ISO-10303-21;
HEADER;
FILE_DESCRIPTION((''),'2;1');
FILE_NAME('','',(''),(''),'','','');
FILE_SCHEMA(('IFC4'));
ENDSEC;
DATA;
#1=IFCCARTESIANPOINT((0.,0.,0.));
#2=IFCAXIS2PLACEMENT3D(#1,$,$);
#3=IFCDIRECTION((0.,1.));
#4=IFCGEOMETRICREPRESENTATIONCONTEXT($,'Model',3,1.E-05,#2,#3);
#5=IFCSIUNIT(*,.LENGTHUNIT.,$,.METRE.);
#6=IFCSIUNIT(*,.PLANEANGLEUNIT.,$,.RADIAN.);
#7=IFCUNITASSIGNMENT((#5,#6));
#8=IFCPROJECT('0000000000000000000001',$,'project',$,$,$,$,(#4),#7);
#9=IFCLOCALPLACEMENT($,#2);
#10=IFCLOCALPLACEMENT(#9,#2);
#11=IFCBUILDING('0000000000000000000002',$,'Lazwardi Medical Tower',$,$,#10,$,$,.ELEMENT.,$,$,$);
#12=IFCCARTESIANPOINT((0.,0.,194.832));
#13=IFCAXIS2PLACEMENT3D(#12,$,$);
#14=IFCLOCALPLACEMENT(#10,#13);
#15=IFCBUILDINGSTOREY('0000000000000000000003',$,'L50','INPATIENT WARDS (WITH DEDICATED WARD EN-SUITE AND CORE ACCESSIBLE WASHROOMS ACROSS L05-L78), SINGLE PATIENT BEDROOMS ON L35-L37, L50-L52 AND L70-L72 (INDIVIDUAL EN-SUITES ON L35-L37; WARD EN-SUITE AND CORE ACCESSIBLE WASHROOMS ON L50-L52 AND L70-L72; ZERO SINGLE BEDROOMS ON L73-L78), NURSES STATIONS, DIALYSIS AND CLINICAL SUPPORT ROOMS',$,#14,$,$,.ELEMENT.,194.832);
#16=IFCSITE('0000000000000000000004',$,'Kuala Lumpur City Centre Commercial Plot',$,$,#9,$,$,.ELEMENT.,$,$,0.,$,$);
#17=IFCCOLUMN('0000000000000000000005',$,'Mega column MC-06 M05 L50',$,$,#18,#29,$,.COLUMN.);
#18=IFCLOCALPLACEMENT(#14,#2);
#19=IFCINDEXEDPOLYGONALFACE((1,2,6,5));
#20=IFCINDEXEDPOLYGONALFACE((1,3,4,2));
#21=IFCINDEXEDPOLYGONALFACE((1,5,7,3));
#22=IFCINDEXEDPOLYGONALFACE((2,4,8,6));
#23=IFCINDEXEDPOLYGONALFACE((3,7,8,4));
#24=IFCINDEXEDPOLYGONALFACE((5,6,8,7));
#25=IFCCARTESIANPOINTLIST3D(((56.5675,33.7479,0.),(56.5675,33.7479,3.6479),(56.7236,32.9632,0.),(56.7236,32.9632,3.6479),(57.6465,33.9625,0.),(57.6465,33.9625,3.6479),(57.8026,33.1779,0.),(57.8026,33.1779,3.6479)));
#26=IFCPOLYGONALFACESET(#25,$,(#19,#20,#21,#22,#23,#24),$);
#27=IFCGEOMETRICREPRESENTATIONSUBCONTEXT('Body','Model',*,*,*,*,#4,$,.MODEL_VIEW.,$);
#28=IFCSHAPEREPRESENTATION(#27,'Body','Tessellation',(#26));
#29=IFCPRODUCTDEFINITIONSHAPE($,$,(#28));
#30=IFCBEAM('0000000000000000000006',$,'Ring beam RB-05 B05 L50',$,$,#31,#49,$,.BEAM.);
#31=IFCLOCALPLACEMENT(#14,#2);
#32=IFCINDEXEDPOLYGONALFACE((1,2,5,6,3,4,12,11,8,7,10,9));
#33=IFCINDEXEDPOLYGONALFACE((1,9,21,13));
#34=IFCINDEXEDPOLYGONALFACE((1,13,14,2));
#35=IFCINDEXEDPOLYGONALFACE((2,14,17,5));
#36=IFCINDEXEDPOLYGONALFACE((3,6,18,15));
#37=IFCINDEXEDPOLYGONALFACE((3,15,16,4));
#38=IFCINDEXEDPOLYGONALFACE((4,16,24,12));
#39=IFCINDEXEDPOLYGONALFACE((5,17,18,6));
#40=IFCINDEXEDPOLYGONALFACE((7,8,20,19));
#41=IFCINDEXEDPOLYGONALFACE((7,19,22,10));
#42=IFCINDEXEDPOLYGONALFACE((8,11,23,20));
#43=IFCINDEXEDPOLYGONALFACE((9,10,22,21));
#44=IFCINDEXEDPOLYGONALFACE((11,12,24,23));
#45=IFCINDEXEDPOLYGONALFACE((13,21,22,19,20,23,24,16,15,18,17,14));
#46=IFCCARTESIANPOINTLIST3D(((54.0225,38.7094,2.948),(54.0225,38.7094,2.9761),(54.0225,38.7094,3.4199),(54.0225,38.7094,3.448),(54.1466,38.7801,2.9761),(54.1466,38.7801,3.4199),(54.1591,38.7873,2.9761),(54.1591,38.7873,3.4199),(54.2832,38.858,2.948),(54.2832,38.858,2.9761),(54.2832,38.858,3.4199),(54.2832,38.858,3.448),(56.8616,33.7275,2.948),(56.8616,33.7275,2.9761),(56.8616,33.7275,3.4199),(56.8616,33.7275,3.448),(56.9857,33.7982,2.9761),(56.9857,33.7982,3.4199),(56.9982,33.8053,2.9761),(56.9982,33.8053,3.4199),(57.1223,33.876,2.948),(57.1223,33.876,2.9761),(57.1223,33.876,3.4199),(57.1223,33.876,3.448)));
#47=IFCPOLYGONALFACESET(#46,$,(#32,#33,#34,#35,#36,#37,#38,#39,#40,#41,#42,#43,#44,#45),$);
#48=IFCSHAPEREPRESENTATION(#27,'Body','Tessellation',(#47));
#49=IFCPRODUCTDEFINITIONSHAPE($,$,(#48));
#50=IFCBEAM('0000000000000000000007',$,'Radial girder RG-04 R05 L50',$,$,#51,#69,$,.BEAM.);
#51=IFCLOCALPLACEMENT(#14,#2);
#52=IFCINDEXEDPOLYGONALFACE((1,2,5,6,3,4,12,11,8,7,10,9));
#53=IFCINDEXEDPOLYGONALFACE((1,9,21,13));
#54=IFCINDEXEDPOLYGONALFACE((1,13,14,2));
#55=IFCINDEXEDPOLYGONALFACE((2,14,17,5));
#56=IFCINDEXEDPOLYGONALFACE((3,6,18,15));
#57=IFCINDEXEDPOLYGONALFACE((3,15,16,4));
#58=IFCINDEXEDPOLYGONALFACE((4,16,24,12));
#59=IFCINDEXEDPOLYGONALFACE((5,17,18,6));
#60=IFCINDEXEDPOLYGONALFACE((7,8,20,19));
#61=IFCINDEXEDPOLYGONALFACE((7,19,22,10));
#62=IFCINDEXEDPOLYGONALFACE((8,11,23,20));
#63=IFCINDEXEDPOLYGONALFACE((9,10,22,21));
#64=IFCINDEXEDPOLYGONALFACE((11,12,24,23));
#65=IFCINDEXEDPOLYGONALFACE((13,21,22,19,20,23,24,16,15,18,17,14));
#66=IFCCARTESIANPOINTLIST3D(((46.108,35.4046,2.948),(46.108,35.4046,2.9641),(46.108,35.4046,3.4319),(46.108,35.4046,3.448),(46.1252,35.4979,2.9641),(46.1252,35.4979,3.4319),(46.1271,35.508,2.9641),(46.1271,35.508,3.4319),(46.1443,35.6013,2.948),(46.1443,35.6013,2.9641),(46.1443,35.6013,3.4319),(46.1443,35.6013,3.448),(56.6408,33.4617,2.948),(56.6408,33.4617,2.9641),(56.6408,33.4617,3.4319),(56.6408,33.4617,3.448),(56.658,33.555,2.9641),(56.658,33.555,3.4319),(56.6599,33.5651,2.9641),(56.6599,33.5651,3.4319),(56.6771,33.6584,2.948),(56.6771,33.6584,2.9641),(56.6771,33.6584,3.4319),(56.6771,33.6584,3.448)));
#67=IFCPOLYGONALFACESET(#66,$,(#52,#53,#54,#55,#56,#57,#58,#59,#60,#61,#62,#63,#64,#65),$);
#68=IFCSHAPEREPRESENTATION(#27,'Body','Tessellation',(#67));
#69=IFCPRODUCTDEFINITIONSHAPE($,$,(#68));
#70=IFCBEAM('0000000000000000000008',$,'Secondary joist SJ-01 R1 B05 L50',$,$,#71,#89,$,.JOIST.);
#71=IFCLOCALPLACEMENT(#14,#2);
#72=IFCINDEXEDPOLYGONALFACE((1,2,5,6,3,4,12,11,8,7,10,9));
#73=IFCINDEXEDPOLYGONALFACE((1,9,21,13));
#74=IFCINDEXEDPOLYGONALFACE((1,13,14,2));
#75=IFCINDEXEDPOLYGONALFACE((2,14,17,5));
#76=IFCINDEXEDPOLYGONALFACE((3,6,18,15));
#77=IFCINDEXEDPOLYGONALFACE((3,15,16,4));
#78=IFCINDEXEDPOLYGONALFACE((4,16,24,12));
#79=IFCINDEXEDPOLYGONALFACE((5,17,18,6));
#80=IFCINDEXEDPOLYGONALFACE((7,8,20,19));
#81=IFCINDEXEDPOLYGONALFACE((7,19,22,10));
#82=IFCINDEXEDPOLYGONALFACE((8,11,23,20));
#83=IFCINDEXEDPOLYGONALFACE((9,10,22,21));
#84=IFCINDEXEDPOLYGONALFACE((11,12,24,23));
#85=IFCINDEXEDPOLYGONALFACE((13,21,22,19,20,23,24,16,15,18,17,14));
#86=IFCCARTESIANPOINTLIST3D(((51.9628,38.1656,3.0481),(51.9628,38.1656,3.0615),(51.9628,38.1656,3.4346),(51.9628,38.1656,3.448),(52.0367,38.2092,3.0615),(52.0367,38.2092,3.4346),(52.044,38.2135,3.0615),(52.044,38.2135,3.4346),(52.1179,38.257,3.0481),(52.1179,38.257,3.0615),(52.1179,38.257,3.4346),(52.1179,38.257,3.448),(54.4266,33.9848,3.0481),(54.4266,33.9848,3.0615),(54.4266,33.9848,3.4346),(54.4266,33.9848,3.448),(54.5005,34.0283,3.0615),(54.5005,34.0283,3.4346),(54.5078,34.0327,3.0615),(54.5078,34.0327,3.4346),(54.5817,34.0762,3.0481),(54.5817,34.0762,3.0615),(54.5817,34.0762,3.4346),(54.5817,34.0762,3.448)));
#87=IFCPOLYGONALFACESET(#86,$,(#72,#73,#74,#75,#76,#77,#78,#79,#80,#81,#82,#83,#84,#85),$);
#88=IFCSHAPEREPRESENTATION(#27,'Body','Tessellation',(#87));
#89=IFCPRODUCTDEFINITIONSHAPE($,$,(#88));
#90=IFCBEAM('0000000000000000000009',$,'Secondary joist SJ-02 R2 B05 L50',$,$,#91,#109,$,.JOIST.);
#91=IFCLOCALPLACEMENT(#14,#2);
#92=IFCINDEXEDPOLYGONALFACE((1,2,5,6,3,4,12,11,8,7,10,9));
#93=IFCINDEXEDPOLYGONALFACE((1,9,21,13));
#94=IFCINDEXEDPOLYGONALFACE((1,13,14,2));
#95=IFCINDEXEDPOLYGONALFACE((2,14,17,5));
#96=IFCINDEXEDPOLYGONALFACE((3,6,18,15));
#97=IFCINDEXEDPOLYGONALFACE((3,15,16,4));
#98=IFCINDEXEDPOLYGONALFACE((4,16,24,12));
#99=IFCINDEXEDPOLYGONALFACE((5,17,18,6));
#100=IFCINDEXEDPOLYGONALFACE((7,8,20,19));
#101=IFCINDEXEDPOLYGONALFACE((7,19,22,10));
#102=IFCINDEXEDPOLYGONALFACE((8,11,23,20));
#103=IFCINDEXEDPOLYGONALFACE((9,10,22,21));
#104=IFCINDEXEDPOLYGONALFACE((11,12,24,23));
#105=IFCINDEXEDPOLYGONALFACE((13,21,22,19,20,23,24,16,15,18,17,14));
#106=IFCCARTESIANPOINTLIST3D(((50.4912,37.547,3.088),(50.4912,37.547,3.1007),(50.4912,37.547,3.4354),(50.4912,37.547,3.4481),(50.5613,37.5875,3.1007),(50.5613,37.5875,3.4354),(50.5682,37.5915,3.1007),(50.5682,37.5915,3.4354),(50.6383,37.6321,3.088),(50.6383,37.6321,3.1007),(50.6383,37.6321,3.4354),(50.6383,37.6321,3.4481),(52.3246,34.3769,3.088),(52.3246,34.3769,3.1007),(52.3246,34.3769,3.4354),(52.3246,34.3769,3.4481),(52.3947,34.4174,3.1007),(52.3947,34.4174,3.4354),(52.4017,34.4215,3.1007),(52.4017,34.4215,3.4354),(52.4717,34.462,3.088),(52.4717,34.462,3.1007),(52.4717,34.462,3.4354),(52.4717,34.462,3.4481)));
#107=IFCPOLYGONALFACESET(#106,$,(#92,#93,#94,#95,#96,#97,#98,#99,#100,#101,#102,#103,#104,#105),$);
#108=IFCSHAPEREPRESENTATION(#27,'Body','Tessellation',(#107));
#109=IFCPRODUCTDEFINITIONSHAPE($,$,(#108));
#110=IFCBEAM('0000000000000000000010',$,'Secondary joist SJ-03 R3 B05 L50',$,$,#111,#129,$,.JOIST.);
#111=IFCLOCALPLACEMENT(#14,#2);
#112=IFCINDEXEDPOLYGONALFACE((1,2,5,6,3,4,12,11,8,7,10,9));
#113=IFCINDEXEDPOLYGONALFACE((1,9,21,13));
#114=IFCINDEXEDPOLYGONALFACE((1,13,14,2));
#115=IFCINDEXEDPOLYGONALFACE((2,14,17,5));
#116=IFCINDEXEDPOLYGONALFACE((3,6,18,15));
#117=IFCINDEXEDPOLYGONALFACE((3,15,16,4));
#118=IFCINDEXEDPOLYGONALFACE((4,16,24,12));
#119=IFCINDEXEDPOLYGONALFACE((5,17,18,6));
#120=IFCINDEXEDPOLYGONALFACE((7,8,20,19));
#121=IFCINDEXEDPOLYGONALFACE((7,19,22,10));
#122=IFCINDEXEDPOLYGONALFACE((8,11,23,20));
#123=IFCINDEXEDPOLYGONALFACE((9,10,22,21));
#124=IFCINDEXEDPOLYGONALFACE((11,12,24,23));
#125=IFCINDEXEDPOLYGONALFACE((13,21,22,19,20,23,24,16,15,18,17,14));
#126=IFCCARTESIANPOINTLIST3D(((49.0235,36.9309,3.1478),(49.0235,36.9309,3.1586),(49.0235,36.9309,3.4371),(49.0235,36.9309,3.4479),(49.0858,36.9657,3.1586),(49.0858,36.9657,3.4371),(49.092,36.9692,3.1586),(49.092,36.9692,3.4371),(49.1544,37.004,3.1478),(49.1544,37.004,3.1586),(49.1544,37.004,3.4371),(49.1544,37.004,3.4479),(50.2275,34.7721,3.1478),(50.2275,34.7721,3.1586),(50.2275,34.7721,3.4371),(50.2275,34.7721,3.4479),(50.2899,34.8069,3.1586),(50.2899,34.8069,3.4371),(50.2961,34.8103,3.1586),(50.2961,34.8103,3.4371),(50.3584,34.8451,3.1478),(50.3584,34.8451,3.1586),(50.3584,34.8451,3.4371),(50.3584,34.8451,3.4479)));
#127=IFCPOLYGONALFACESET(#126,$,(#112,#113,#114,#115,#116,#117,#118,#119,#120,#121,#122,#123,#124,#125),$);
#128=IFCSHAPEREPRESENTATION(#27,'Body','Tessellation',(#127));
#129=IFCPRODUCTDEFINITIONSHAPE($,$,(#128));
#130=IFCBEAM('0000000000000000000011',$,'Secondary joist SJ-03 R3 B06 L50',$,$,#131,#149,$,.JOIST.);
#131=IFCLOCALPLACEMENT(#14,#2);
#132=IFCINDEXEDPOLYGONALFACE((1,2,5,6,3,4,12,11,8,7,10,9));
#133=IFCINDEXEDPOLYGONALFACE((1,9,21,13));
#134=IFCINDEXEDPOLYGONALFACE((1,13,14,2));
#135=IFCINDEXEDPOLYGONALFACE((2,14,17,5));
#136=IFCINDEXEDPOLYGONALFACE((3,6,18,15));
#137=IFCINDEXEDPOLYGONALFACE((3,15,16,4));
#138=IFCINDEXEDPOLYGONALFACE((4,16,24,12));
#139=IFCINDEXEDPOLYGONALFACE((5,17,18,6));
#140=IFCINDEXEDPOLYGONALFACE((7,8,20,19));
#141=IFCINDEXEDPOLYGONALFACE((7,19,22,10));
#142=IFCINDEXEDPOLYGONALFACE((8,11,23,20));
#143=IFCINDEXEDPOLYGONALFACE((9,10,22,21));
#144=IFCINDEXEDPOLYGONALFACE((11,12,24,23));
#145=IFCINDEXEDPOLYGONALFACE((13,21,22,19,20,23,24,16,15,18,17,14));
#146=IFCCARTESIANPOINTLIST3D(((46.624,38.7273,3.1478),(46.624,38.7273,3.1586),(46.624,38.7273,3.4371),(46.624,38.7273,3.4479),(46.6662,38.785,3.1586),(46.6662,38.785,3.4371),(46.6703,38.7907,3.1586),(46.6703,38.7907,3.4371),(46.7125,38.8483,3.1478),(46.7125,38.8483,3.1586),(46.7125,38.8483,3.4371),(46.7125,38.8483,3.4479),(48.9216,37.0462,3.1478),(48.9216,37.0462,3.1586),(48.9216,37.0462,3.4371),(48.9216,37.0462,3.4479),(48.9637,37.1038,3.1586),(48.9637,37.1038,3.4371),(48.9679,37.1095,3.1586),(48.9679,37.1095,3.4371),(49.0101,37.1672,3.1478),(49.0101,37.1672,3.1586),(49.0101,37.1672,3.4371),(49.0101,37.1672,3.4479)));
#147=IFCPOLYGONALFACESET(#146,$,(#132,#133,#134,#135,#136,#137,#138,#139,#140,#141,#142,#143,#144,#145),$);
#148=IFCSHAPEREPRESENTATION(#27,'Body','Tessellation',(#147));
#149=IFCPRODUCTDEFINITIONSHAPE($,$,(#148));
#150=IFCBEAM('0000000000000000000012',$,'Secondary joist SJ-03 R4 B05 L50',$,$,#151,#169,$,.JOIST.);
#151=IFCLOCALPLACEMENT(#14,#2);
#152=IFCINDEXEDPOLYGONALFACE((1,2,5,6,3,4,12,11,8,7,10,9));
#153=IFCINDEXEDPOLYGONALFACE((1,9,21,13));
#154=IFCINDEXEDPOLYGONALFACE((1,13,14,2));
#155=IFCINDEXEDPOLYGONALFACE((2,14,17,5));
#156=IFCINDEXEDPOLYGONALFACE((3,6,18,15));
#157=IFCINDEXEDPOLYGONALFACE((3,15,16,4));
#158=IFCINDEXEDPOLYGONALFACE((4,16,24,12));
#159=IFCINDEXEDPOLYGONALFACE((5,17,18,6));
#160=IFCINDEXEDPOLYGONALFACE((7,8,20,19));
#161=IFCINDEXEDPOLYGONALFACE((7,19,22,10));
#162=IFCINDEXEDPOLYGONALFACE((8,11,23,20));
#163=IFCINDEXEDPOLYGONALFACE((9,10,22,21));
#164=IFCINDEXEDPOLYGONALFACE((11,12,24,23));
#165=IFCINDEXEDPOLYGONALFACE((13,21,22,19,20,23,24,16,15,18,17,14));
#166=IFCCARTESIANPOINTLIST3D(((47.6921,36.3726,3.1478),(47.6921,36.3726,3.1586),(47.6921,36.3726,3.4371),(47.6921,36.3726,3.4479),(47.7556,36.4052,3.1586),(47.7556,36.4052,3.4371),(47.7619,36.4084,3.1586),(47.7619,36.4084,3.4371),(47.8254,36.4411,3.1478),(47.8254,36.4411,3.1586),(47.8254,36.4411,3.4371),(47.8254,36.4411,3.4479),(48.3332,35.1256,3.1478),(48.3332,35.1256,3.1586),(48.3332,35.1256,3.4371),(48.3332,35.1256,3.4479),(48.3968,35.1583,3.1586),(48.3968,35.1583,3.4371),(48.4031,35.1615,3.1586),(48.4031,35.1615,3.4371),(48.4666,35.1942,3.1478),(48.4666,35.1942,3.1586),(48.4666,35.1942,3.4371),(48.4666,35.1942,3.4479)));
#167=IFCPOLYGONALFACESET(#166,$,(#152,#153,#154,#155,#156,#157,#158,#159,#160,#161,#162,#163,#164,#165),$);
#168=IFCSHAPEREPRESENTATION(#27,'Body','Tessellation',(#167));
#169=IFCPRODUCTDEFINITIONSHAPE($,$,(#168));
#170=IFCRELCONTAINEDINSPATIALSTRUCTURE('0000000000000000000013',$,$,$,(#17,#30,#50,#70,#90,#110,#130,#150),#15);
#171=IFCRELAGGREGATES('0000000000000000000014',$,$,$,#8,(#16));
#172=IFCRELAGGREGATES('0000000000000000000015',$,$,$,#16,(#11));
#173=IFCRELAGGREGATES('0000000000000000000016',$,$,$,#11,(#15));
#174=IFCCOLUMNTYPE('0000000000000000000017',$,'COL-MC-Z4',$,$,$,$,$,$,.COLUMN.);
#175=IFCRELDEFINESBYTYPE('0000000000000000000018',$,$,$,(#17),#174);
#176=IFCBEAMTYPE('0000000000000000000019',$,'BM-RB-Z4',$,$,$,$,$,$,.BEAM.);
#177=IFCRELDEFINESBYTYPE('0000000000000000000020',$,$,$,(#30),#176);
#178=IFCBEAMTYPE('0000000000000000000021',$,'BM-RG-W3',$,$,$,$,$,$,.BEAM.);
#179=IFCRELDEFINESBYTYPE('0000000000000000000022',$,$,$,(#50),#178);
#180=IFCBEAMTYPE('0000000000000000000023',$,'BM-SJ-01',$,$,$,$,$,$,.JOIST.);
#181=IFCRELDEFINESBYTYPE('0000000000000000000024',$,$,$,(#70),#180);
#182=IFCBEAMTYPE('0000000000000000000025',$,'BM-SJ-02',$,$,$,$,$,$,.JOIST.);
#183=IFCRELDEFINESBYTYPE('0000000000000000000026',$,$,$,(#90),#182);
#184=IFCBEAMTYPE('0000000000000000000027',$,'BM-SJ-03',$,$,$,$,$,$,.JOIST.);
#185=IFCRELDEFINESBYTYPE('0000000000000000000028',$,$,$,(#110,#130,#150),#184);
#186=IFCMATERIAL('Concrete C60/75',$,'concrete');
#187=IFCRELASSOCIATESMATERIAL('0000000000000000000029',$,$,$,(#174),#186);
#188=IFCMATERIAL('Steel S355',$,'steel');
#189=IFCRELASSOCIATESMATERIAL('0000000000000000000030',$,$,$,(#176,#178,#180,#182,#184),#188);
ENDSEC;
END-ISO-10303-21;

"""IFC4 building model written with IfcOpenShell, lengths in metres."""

from ifc_helpers import new_model, si_unit, direction, frame, origin, origin_2d, place, context, subcontext, project, spatial, rectangle, i_section, extrude, material, material_profile, profile_set, type_object, element, save


model = new_model("IFC4")

# Units and contexts
model_context = context("Model", 3, precision=1e-05, world=origin(), true_north=direction((0.0, 1.0)))
body_context = subcontext(model_context, "Body", "Model", "MODEL_VIEW")
ifc_project = project(units=[si_unit("LENGTHUNIT", "METRE"), si_unit("PLANEANGLEUNIT", "RADIAN")], contexts=[model_context])

# Site, building, storey
site_placement = place(None, origin())
site = spatial("IfcSite", under=ifc_project, at=site_placement, Name="Kuala Lumpur City Centre Commercial Plot", CompositionType="ELEMENT", RefElevation=0.0)
building_placement = place(site_placement, origin())
building = spatial("IfcBuilding", under=site, at=building_placement, Name="Lazwardi Medical Tower", CompositionType="ELEMENT")
storey_placement = place(building_placement, frame((0.0, 0.0, 194.832)))
storey = spatial("IfcBuildingStorey", under=building, at=storey_placement, Name="L50", Description="INPATIENT WARDS (WITH DEDICATED WARD EN-SUITE AND CORE ACCESSIBLE WASHROOMS ACROSS L05-L78), SINGLE PATIENT BEDROOMS ON L35-L37, L50-L52 AND L70-L72 (INDIVIDUAL EN-SUITES ON L35-L37; WARD EN-SUITE AND CORE ACCESSIBLE WASHROOMS ON L50-L52 AND L70-L72; ZERO SINGLE BEDROOMS ON L73-L78), NURSES STATIONS, DIALYSIS AND CLINICAL SUPPORT ROOMS", CompositionType="ELEMENT", Elevation=194.832)

# Column
ifc_material_1 = material(Name="Concrete C60/75", Category="concrete")
ifc_material_profile_1 = material_profile(ifc_material_1, rectangle(XDim=1.1001, YDim=0.8, at=origin_2d()), Name="CFT-RECT 1100x800")
ifc_profile_set_1 = profile_set([ifc_material_profile_1], Name="Concrete C60/75")
column_type = type_object("IfcColumnType", Name="COL-MC-Z4", PredefinedType="COLUMN", material=ifc_profile_set_1)
column_placement = place(storey_placement, frame((57.1851, 33.4629, 0.0), z_axis=(0.0, 0.0, 1.0), x_axis=(0.980785, 0.19509, 0.0)))
element("IfcColumn", 1, at=column_placement, inside=storey, type_object=column_type, Name="Mega column MC-06 M05 L50", PredefinedType="COLUMN", context=body_context, shape_type="SweptSolid", body=[
    extrude(rectangle(XDim=1.1001, YDim=0.8, at=origin_2d()), origin(), (0.0, 0.0, 1.0), 3.6479),
])

# Beams
ifc_material_2 = material(Name="Steel S355", Category="steel")
ifc_material_profile_2 = material_profile(ifc_material_2, i_section(OverallWidth=0.3, OverallDepth=0.5, WebThickness=0.0144, FlangeThickness=0.0281, at=origin_2d()), Name="HEB 500")
ifc_profile_set_2 = profile_set([ifc_material_profile_2], Name="Steel S355")
beam_type_1 = type_object("IfcBeamType", Name="BM-RB-Z4", PredefinedType="BEAM", material=ifc_profile_set_2)
beam_1_placement = place(storey_placement, frame((56.9919, 33.8018, 3.198), z_axis=(-0.495125, 0.868822, 0.0), x_axis=(-0.868822, -0.495125, 0.0)))
element("IfcBeam", 2, at=beam_1_placement, inside=storey, type_object=beam_type_1, Name="Ring beam RB-05 B05 L50", PredefinedType="BEAM", context=body_context, shape_type="SweptSolid", body=[
    extrude(i_section(OverallWidth=0.3, OverallDepth=0.5, WebThickness=0.0144, FlangeThickness=0.0281, at=origin_2d()), origin(), (0.0, 0.0, 1.0), 5.7341),
])
ifc_material_profile_3 = material_profile(ifc_material_2, i_section(OverallWidth=0.2, OverallDepth=0.5, WebThickness=0.0103, FlangeThickness=0.0161, at=origin_2d()), Name="IPE 500")
ifc_profile_set_3 = profile_set([ifc_material_profile_3], Name="Steel S355")
beam_type_2 = type_object("IfcBeamType", Name="BM-RG-W3", PredefinedType="BEAM", material=ifc_profile_set_3)
beam_2_placement = place(storey_placement, frame((56.6589, 33.5601, 3.198), z_axis=(-0.983409, 0.1814, 0.0), x_axis=(-0.1814, -0.983409, 0.0)))
element("IfcBeam", 3, at=beam_2_placement, inside=storey, type_object=beam_type_2, Name="Radial girder RG-04 R05 L50", PredefinedType="BEAM", context=body_context, shape_type="SweptSolid", body=[
    extrude(i_section(OverallWidth=0.2, OverallDepth=0.5, WebThickness=0.0103, FlangeThickness=0.0161, at=origin_2d()), origin(), (0.0, 0.0, 1.0), 10.7104),
])
ifc_material_profile_4 = material_profile(ifc_material_2, i_section(OverallWidth=0.1799, OverallDepth=0.3999, WebThickness=0.0085, FlangeThickness=0.0134, at=origin_2d()), Name="IPE 400")
ifc_profile_set_4 = profile_set([ifc_material_profile_4], Name="Steel S355")
beam_type_3 = type_object("IfcBeamType", Name="BM-SJ-01", PredefinedType="JOIST", material=ifc_profile_set_4)
beam_3_placement = place(storey_placement, frame((54.5042, 34.0305, 3.248), z_axis=(-0.50771, 0.861528, 0.0), x_axis=(-0.861528, -0.50771, 0.0)))
element("IfcBeam", 4, at=beam_3_placement, inside=storey, type_object=beam_type_3, Name="Secondary joist SJ-01 R1 B05 L50", PredefinedType="JOIST", context=body_context, shape_type="SweptSolid", body=[
    extrude(i_section(OverallWidth=0.1799, OverallDepth=0.3999, WebThickness=0.0085, FlangeThickness=0.0134, at=origin_2d()), origin(), (0.0, 0.0, 1.0), 4.8528),
])
ifc_material_profile_5 = material_profile(ifc_material_2, i_section(OverallWidth=0.1699, OverallDepth=0.3601, WebThickness=0.0081, FlangeThickness=0.0127, at=origin_2d()), Name="IPE 360")
ifc_profile_set_5 = profile_set([ifc_material_profile_5], Name="Steel S355")
beam_type_4 = type_object("IfcBeamType", Name="BM-SJ-02", PredefinedType="JOIST", material=ifc_profile_set_5)
beam_4_placement = place(storey_placement, frame((52.3982, 34.4194, 3.2681), z_axis=(-0.500655, 0.865647, 0.0), x_axis=(-0.865647, -0.500655, 0.0)))
element("IfcBeam", 5, at=beam_4_placement, inside=storey, type_object=beam_type_4, Name="Secondary joist SJ-02 R2 B05 L50", PredefinedType="JOIST", context=body_context, shape_type="SweptSolid", body=[
    extrude(i_section(OverallWidth=0.1699, OverallDepth=0.3601, WebThickness=0.0081, FlangeThickness=0.0127, at=origin_2d()), origin(), (0.0, 0.0, 1.0), 3.6621),
])
ifc_material_profile_6 = material_profile(ifc_material_2, i_section(OverallWidth=0.1499, OverallDepth=0.3, WebThickness=0.0071, FlangeThickness=0.0107, at=origin_2d()), Name="IPE 300")
ifc_profile_set_6 = profile_set([ifc_material_profile_6], Name="Steel S355")
beam_type_5 = type_object("IfcBeamType", Name="BM-SJ-03", PredefinedType="JOIST", material=ifc_profile_set_6)
beam_5_placement = place(storey_placement, frame((50.293, 34.8086, 3.2979), z_axis=(-0.487093, 0.87335, 0.0), x_axis=(-0.87335, -0.487093, 0.0)))
element("IfcBeam", 6, at=beam_5_placement, inside=storey, type_object=beam_type_5, Name="Secondary joist SJ-03 R3 B05 L50", PredefinedType="JOIST", context=body_context, shape_type="SweptSolid", body=[
    extrude(i_section(OverallWidth=0.1499, OverallDepth=0.3, WebThickness=0.0071, FlangeThickness=0.0107, at=origin_2d()), origin(), (0.0, 0.0, 1.0), 2.4719),
])
beam_6_placement = place(storey_placement, frame((48.9658, 37.1067, 3.2979), z_axis=(-0.807034, 0.590505, 0.0), x_axis=(-0.590505, -0.807034, 0.0)))
element("IfcBeam", 7, at=beam_6_placement, inside=storey, type_object=beam_type_5, Name="Secondary joist SJ-03 R3 B06 L50", PredefinedType="JOIST", context=body_context, shape_type="SweptSolid", body=[
    extrude(i_section(OverallWidth=0.1499, OverallDepth=0.3, WebThickness=0.0071, FlangeThickness=0.0107, at=origin_2d()), origin(), (0.0, 0.0, 1.0), 2.8469),
])
beam_7_placement = place(storey_placement, frame((48.3999, 35.1599, 3.2979), z_axis=(-0.457285, 0.88932, 0.0), x_axis=(-0.88932, -0.457285, 0.0)))
element("IfcBeam", 8, at=beam_7_placement, inside=storey, type_object=beam_type_5, Name="Secondary joist SJ-03 R4 B05 L50", PredefinedType="JOIST", context=body_context, shape_type="SweptSolid", body=[
    extrude(i_section(OverallWidth=0.1499, OverallDepth=0.3, WebThickness=0.0071, FlangeThickness=0.0107, at=origin_2d()), origin(), (0.0, 0.0, 1.0), 1.4021),
])

save(model, "model.ifc")
